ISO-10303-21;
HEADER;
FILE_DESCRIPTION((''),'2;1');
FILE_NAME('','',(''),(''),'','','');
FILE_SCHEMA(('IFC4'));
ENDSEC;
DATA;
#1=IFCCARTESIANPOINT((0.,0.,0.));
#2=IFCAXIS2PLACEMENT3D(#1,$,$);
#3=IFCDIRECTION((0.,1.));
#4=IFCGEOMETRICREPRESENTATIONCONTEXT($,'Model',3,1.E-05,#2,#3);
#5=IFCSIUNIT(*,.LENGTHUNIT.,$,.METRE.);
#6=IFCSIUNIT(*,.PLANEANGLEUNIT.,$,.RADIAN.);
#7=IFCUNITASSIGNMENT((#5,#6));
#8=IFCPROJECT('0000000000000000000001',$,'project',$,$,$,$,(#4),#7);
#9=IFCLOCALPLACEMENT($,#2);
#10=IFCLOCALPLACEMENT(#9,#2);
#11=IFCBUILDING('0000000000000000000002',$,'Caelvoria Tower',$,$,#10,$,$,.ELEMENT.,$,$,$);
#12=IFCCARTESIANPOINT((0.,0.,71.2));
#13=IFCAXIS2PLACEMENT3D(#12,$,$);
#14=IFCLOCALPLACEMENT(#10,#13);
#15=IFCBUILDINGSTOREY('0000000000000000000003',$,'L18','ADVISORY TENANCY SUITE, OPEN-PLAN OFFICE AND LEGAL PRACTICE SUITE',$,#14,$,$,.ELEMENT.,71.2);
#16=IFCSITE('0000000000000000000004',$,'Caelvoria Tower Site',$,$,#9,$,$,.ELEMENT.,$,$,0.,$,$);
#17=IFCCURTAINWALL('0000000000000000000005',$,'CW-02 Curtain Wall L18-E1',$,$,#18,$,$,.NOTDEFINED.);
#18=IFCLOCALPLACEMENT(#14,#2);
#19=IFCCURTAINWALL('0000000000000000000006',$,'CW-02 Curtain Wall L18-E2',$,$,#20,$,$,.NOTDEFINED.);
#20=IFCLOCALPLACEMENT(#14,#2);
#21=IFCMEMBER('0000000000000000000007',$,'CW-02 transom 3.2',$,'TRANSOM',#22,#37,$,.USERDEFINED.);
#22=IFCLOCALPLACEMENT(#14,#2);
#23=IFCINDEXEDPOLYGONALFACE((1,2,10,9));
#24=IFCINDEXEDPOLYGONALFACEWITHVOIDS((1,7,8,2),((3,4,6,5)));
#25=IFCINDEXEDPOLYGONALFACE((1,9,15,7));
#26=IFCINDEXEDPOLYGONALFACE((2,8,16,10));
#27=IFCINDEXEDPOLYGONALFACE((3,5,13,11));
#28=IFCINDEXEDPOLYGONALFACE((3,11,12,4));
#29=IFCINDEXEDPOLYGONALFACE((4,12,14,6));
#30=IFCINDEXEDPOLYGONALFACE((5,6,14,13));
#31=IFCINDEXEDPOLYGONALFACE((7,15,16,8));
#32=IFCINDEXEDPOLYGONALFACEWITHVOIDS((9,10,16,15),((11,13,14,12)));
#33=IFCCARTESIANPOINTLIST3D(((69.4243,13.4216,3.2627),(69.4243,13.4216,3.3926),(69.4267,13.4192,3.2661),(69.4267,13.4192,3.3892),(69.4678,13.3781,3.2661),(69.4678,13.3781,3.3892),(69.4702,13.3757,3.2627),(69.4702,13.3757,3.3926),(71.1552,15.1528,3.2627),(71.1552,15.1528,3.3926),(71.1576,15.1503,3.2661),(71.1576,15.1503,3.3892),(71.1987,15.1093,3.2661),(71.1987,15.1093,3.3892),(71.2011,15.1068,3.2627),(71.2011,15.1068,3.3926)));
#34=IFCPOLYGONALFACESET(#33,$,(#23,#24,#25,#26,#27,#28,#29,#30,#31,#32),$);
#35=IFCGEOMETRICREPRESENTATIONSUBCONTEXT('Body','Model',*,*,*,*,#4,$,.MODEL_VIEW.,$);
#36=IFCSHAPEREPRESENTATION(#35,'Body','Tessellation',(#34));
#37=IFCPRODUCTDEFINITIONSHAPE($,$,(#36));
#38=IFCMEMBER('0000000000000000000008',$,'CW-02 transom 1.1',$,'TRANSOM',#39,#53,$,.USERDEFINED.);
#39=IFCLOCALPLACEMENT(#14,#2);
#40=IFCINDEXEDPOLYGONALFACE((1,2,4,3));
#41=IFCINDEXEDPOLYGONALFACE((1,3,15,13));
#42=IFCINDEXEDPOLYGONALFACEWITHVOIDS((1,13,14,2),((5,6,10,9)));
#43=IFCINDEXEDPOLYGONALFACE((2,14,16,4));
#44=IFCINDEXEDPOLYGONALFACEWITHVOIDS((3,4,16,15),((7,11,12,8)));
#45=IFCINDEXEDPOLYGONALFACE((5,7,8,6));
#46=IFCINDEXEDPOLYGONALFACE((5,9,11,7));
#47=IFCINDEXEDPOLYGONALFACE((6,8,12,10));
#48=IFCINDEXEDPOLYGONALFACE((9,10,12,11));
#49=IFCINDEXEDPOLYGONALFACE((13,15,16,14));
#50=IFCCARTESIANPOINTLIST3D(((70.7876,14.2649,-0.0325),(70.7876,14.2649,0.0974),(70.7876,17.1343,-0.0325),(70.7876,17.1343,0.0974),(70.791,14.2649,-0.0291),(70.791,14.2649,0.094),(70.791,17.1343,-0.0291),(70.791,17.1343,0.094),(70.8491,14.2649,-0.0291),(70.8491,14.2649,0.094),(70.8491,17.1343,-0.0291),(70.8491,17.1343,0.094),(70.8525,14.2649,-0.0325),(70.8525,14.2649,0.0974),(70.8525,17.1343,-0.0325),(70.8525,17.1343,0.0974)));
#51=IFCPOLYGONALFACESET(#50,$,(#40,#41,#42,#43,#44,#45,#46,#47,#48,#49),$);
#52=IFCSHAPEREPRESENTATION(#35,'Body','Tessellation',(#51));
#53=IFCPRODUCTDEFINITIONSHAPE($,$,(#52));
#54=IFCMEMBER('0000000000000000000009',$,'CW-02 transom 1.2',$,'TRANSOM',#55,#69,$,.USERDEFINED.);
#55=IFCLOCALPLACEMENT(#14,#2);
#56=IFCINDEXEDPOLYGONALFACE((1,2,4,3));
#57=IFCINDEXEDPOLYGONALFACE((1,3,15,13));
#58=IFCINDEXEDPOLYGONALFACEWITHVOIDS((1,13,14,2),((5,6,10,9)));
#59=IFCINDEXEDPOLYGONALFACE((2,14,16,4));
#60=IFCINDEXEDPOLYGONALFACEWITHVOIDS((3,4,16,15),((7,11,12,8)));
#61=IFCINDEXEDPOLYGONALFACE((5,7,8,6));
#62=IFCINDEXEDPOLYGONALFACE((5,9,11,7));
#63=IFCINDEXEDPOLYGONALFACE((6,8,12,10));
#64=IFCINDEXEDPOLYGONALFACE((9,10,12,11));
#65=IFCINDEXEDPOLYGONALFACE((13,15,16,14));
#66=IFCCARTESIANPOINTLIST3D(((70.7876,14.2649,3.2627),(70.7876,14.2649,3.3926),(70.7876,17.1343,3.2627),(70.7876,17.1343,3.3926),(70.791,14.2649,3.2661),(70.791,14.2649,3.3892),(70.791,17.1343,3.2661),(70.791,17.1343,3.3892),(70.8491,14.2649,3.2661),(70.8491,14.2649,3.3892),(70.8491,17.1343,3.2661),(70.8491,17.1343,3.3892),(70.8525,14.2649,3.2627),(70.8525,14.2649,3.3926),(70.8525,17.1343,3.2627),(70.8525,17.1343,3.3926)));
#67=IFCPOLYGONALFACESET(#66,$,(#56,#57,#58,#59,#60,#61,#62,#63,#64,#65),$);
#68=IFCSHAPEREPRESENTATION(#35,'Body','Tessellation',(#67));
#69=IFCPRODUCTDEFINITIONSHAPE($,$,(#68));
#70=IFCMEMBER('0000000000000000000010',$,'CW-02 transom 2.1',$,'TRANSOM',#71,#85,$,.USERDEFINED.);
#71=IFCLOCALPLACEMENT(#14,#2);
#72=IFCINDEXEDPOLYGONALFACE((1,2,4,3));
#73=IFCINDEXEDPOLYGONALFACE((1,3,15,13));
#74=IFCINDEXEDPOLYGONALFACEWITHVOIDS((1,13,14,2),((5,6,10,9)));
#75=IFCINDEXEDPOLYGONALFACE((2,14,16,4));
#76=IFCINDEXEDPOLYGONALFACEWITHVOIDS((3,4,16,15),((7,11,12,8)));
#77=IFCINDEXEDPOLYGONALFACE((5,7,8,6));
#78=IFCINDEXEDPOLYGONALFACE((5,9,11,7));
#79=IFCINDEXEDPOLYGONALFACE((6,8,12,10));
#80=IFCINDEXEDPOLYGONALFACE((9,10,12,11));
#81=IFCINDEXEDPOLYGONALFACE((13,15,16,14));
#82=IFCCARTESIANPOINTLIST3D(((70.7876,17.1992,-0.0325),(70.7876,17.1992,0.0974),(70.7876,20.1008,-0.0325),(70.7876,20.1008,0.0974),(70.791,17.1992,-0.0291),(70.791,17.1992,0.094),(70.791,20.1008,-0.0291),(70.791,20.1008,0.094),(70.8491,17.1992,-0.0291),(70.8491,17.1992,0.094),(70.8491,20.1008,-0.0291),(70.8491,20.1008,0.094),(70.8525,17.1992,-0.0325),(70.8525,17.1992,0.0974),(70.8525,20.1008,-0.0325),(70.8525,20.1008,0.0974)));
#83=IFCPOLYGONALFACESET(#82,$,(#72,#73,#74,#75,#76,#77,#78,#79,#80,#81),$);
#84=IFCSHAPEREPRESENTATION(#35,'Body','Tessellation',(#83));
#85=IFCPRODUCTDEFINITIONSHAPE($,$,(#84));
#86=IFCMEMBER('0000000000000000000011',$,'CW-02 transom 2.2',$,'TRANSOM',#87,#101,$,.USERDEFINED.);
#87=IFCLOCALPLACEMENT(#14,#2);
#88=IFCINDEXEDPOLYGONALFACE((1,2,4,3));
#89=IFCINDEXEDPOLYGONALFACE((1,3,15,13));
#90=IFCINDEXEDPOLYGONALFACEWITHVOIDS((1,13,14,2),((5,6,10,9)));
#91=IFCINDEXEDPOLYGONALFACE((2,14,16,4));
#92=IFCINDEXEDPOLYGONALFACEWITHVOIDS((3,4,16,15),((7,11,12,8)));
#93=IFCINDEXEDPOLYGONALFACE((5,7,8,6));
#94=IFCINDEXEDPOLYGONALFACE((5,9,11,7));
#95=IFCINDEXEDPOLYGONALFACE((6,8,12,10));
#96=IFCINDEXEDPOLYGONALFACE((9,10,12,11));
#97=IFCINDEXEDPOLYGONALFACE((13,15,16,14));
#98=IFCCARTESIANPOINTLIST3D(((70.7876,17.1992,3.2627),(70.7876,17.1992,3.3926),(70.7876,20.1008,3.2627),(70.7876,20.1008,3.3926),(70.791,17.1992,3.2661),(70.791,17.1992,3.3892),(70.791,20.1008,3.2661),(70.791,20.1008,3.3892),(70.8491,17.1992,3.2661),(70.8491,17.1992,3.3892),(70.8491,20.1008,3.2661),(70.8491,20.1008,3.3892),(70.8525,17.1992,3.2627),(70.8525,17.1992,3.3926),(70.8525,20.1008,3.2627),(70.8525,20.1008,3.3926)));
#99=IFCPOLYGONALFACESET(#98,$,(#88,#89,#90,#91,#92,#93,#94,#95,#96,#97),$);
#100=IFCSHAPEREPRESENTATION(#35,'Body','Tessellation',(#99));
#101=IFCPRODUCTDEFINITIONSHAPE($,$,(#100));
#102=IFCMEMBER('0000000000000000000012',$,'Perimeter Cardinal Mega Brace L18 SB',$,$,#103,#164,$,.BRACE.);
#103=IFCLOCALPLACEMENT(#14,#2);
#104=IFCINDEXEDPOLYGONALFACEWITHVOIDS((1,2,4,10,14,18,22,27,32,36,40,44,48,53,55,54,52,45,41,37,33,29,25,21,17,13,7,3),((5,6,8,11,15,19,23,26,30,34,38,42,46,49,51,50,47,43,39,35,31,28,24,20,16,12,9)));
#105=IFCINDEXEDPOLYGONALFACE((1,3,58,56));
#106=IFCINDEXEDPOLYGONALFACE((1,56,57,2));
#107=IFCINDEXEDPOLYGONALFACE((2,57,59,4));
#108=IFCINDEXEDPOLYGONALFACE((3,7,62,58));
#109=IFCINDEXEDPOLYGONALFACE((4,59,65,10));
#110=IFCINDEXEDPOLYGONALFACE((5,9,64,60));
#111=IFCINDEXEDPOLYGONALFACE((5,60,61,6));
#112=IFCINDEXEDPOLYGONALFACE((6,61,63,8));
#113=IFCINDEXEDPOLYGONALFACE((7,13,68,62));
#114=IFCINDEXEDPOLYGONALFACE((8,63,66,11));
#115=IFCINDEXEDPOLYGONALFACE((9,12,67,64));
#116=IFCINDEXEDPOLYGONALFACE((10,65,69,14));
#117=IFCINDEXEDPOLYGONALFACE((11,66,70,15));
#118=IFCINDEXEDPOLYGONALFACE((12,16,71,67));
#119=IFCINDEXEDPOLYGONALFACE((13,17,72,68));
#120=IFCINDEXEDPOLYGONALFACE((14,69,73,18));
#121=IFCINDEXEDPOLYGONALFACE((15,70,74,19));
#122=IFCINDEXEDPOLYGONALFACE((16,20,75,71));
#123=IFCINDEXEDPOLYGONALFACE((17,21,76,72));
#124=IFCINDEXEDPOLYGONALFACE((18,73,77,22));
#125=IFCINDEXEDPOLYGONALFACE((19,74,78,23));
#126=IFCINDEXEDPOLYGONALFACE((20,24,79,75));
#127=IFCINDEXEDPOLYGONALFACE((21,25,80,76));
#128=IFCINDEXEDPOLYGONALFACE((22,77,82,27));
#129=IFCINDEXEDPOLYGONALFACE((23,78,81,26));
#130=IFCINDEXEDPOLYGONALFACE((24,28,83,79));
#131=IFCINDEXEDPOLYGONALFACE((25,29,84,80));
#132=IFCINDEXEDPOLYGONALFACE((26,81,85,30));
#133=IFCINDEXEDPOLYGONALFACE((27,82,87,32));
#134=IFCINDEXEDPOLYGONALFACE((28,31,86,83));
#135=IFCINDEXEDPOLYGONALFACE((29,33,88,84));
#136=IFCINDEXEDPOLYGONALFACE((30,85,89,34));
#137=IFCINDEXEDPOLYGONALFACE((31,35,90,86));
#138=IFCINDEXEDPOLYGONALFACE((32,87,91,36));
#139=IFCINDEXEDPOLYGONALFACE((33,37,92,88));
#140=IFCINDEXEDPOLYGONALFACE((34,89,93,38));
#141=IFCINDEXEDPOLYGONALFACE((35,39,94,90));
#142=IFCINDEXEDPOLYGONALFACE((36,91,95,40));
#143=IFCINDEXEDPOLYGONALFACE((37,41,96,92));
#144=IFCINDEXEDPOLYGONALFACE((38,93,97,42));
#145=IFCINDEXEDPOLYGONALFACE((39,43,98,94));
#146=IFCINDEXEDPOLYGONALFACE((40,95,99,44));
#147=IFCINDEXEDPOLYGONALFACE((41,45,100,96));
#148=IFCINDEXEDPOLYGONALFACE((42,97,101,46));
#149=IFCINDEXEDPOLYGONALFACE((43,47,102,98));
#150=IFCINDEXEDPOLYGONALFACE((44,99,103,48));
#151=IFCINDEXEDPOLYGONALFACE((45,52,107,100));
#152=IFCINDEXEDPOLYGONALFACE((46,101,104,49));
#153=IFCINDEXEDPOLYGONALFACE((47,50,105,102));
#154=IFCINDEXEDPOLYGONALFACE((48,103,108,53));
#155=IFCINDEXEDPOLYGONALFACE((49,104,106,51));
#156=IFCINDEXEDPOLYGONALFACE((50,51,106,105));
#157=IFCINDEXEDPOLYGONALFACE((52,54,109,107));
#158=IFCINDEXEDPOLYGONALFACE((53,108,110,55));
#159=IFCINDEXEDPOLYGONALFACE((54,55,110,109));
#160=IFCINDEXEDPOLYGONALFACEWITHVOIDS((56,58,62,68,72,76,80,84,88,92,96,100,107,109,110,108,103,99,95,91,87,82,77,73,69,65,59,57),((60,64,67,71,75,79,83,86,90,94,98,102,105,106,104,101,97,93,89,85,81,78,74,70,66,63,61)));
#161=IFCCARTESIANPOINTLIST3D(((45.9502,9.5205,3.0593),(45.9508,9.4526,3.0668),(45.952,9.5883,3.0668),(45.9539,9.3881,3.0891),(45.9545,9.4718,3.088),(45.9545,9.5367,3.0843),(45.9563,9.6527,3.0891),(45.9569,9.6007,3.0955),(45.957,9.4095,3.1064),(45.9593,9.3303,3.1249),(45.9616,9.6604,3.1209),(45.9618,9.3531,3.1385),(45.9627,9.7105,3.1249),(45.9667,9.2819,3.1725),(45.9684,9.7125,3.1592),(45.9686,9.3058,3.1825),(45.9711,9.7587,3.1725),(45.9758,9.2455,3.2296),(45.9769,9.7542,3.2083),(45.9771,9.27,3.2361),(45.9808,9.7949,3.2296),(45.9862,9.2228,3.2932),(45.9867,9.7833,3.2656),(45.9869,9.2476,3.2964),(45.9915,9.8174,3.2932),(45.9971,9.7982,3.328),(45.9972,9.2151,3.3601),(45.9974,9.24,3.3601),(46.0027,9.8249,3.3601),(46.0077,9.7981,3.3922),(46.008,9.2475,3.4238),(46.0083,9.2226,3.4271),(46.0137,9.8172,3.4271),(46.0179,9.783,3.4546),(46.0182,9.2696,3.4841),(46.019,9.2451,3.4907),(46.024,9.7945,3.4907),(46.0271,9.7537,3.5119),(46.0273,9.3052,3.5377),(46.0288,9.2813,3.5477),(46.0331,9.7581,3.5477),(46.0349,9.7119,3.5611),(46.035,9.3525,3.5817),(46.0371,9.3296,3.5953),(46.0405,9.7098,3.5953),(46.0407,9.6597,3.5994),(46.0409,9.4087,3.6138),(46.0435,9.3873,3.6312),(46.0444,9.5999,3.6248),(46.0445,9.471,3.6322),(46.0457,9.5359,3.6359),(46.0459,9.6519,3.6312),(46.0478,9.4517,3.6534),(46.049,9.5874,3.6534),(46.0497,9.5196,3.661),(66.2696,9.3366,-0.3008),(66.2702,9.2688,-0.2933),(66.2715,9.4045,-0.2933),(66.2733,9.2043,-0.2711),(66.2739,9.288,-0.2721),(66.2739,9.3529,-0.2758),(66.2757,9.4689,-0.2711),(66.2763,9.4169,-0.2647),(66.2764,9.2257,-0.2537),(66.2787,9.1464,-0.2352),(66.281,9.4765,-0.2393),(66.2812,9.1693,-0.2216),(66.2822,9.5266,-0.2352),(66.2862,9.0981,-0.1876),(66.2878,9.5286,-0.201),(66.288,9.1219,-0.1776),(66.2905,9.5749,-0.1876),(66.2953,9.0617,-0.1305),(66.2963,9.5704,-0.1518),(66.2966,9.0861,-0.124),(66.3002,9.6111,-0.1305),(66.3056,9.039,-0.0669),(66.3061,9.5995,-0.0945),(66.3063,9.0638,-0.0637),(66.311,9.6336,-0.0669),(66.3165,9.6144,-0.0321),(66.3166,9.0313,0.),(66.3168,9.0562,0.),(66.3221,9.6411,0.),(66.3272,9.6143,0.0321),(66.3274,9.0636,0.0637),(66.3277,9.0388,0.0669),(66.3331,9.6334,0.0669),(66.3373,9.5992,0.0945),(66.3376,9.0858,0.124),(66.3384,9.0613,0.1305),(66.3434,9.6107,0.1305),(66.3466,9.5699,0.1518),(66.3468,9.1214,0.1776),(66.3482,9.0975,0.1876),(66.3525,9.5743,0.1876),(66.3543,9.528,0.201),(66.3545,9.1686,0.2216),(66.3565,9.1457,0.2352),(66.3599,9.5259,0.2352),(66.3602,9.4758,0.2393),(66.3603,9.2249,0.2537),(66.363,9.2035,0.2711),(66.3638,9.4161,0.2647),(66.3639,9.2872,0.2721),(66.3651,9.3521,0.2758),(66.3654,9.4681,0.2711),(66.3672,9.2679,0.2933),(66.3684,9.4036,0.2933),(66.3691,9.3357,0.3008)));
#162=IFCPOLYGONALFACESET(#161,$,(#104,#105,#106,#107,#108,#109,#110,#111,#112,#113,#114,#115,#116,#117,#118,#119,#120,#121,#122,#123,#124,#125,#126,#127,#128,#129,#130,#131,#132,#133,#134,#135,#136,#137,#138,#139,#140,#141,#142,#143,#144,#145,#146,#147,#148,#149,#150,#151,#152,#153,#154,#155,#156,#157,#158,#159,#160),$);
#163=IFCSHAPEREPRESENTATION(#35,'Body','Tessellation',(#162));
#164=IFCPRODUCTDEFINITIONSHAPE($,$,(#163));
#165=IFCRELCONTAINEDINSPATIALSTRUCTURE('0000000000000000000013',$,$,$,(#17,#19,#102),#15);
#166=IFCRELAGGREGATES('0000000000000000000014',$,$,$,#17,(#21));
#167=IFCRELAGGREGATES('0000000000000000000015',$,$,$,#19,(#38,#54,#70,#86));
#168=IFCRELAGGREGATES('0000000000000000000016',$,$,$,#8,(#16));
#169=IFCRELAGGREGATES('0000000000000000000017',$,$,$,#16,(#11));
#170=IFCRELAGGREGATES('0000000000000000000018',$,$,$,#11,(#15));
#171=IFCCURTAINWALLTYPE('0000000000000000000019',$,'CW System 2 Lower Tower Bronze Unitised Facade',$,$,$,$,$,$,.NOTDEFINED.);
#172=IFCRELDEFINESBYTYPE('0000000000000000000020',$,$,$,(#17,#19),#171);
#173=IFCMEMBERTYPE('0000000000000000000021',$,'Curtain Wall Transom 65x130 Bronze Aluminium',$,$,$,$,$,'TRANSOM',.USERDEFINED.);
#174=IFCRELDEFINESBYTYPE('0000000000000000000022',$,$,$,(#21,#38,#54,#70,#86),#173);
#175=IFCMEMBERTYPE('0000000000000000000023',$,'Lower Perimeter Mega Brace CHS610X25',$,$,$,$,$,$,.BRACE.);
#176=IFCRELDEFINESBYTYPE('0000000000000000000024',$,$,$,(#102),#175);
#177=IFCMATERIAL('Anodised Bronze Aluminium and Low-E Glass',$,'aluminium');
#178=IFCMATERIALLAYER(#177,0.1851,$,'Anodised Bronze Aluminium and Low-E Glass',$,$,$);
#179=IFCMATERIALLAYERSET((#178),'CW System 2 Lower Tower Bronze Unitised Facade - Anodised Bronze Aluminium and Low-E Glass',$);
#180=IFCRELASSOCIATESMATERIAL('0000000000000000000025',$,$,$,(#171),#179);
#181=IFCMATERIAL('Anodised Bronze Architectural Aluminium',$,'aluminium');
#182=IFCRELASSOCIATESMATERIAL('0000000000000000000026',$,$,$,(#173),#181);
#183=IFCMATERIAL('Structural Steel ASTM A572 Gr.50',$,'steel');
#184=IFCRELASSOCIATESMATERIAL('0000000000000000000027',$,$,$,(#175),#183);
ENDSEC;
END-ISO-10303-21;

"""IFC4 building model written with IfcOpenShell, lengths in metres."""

from ifc_helpers import new_model, si_unit, direction, frame, origin, origin_2d, place, context, subcontext, project, spatial, hollow_rectangle, hollow_circle, extrude, material, layer, layer_set, material_profile, profile_set, type_object, element, aggregate, save


model = new_model("IFC4")

# Units and contexts
model_context = context("Model", 3, precision=1e-05, world=origin(), true_north=direction((0.0, 1.0)))
body_context = subcontext(model_context, "Body", "Model", "MODEL_VIEW")
ifc_project = project(units=[si_unit("LENGTHUNIT", "METRE"), si_unit("PLANEANGLEUNIT", "RADIAN")], contexts=[model_context])

# Site, building, storey
site_placement = place(None, origin())
site = spatial("IfcSite", under=ifc_project, at=site_placement, Name="Caelvoria Tower Site", CompositionType="ELEMENT", RefElevation=0.0)
building_placement = place(site_placement, origin())
building = spatial("IfcBuilding", under=site, at=building_placement, Name="Caelvoria Tower", CompositionType="ELEMENT")
storey_placement = place(building_placement, frame((0.0, 0.0, 71.2)))
storey = spatial("IfcBuildingStorey", under=building, at=storey_placement, Name="L18", Description="ADVISORY TENANCY SUITE, OPEN-PLAN OFFICE AND LEGAL PRACTICE SUITE", CompositionType="ELEMENT", Elevation=71.2)

# Shared definitions
ifc_material_1 = material(Name="Structural Steel ASTM A572 Gr.50", Category="steel")

# Shared definitions
ifc_material_2 = material(Name="Anodised Bronze Aluminium and Low-E Glass", Category="aluminium")
ifc_layer_1 = layer(ifc_material_2, 0.1851, Name="Anodised Bronze Aluminium and Low-E Glass")
ifc_layer_set_1 = layer_set([ifc_layer_1], Name="CW System 2 Lower Tower Bronze Unitised Facade - Anodised Bronze Aluminium and Low-E Glass")
curtain_wall_type = type_object("IfcCurtainWallType", Name="CW System 2 Lower Tower Bronze Unitised Facade", PredefinedType="NOTDEFINED", material=ifc_layer_set_1)
ifc_material_3 = material(Name="Anodised Bronze Architectural Aluminium", Category="aluminium")

# Curtain walls
curtain_wall_1_placement = place(storey_placement, origin())
curtain_wall_1 = element("IfcCurtainWall", 1, at=curtain_wall_1_placement, inside=storey, type_object=curtain_wall_type, Name="CW-02 Curtain Wall L18-E1", PredefinedType="NOTDEFINED")
curtain_wall_2_placement = place(storey_placement, origin())
curtain_wall_2 = element("IfcCurtainWall", 2, at=curtain_wall_2_placement, inside=storey, type_object=curtain_wall_type, Name="CW-02 Curtain Wall L18-E2", PredefinedType="NOTDEFINED")

# Members
ifc_material_profile_1 = material_profile(ifc_material_3, hollow_rectangle(XDim=0.0649, YDim=0.1299, WallThickness=0.0034, at=origin_2d()), Name="Anodised Bronze Architectural Aluminium")
ifc_profile_set_1 = profile_set([ifc_material_profile_1], Name="CW_TRAN_65X130 - Anodised Bronze Architectural Aluminium")
member_type_1 = type_object("IfcMemberType", Name="Curtain Wall Transom 65x130 Bronze Aluminium", ElementType="TRANSOM", PredefinedType="USERDEFINED", material=ifc_profile_set_1)
member_1_placement = place(storey_placement, frame((69.4473, 13.3987, 3.3276), z_axis=(0.707057, 0.707157, 0.0), x_axis=(-0.707157, 0.707057, 0.0)))
member_1 = element("IfcMember", 3, at=member_1_placement, type_object=member_type_1, Name="CW-02 transom 3.2", ObjectType="TRANSOM", PredefinedType="USERDEFINED", context=body_context, shape_type="SweptSolid", body=[
    extrude(hollow_rectangle(XDim=0.0649, YDim=0.1299, WallThickness=0.0034, at=origin_2d()), origin(), (0.0, 0.0, 1.0), 2.448),
])
member_2_placement = place(storey_placement, frame((70.8201, 14.2649, 0.0325), z_axis=(0.0, 1.0, 0.0), x_axis=(-1.0, 0.0, 0.0)))
member_2 = element("IfcMember", 4, at=member_2_placement, type_object=member_type_1, Name="CW-02 transom 1.1", ObjectType="TRANSOM", PredefinedType="USERDEFINED", context=body_context, shape_type="SweptSolid", body=[
    extrude(hollow_rectangle(XDim=0.0649, YDim=0.1299, WallThickness=0.0034, at=origin_2d()), origin(), (0.0, 0.0, 1.0), 2.8694),
])
member_3_placement = place(storey_placement, frame((70.8201, 14.2649, 3.3276), z_axis=(0.0, 1.0, 0.0), x_axis=(-1.0, 0.0, 0.0)))
member_3 = element("IfcMember", 5, at=member_3_placement, type_object=member_type_1, Name="CW-02 transom 1.2", ObjectType="TRANSOM", PredefinedType="USERDEFINED", context=body_context, shape_type="SweptSolid", body=[
    extrude(hollow_rectangle(XDim=0.0649, YDim=0.1299, WallThickness=0.0034, at=origin_2d()), origin(), (0.0, 0.0, 1.0), 2.8694),
])
member_4_placement = place(storey_placement, frame((70.8201, 17.1992, 0.0325), z_axis=(0.0, 1.0, 0.0), x_axis=(-1.0, 0.0, 0.0)))
member_4 = element("IfcMember", 6, at=member_4_placement, type_object=member_type_1, Name="CW-02 transom 2.1", ObjectType="TRANSOM", PredefinedType="USERDEFINED", context=body_context, shape_type="SweptSolid", body=[
    extrude(hollow_rectangle(XDim=0.0649, YDim=0.1299, WallThickness=0.0034, at=origin_2d()), origin(), (0.0, 0.0, 1.0), 2.9016),
])
member_5_placement = place(storey_placement, frame((70.8201, 17.1992, 3.3276), z_axis=(0.0, 1.0, 0.0), x_axis=(-1.0, 0.0, 0.0)))
member_5 = element("IfcMember", 7, at=member_5_placement, type_object=member_type_1, Name="CW-02 transom 2.2", ObjectType="TRANSOM", PredefinedType="USERDEFINED", context=body_context, shape_type="SweptSolid", body=[
    extrude(hollow_rectangle(XDim=0.0649, YDim=0.1299, WallThickness=0.0034, at=origin_2d()), origin(), (0.0, 0.0, 1.0), 2.9016),
])

# Member
ifc_material_profile_2 = material_profile(ifc_material_1, hollow_circle(Radius=0.3049, WallThickness=0.0249, at=origin_2d()), Name="Structural Steel ASTM A572 Gr.50")
ifc_profile_set_2 = profile_set([ifc_material_profile_2], Name="CHS610X25 - Structural Steel ASTM A572 Gr.50")
member_type_2 = type_object("IfcMemberType", Name="Lower Perimeter Mega Brace CHS610X25", PredefinedType="BRACE", material=ifc_profile_set_2)
member_6_placement = place(storey_placement, frame((66.3193, 9.3362, 0.0), z_axis=(-0.986562, 0.008926, 0.163143), x_axis=(-0.009047, -0.999959, 0.0)))
element("IfcMember", 8, at=member_6_placement, inside=storey, type_object=member_type_2, Name="Perimeter Cardinal Mega Brace L18 SB", PredefinedType="BRACE", context=body_context, shape_type="SweptSolid", body=[
    extrude(hollow_circle(Radius=0.3049, WallThickness=0.0249, at=origin_2d()), origin(), (0.0, 0.0, 1.0), 20.5962),
])

aggregate(curtain_wall_1, [member_1])
aggregate(curtain_wall_2, [member_2, member_3, member_4, member_5])

save(model, "model.ifc")
